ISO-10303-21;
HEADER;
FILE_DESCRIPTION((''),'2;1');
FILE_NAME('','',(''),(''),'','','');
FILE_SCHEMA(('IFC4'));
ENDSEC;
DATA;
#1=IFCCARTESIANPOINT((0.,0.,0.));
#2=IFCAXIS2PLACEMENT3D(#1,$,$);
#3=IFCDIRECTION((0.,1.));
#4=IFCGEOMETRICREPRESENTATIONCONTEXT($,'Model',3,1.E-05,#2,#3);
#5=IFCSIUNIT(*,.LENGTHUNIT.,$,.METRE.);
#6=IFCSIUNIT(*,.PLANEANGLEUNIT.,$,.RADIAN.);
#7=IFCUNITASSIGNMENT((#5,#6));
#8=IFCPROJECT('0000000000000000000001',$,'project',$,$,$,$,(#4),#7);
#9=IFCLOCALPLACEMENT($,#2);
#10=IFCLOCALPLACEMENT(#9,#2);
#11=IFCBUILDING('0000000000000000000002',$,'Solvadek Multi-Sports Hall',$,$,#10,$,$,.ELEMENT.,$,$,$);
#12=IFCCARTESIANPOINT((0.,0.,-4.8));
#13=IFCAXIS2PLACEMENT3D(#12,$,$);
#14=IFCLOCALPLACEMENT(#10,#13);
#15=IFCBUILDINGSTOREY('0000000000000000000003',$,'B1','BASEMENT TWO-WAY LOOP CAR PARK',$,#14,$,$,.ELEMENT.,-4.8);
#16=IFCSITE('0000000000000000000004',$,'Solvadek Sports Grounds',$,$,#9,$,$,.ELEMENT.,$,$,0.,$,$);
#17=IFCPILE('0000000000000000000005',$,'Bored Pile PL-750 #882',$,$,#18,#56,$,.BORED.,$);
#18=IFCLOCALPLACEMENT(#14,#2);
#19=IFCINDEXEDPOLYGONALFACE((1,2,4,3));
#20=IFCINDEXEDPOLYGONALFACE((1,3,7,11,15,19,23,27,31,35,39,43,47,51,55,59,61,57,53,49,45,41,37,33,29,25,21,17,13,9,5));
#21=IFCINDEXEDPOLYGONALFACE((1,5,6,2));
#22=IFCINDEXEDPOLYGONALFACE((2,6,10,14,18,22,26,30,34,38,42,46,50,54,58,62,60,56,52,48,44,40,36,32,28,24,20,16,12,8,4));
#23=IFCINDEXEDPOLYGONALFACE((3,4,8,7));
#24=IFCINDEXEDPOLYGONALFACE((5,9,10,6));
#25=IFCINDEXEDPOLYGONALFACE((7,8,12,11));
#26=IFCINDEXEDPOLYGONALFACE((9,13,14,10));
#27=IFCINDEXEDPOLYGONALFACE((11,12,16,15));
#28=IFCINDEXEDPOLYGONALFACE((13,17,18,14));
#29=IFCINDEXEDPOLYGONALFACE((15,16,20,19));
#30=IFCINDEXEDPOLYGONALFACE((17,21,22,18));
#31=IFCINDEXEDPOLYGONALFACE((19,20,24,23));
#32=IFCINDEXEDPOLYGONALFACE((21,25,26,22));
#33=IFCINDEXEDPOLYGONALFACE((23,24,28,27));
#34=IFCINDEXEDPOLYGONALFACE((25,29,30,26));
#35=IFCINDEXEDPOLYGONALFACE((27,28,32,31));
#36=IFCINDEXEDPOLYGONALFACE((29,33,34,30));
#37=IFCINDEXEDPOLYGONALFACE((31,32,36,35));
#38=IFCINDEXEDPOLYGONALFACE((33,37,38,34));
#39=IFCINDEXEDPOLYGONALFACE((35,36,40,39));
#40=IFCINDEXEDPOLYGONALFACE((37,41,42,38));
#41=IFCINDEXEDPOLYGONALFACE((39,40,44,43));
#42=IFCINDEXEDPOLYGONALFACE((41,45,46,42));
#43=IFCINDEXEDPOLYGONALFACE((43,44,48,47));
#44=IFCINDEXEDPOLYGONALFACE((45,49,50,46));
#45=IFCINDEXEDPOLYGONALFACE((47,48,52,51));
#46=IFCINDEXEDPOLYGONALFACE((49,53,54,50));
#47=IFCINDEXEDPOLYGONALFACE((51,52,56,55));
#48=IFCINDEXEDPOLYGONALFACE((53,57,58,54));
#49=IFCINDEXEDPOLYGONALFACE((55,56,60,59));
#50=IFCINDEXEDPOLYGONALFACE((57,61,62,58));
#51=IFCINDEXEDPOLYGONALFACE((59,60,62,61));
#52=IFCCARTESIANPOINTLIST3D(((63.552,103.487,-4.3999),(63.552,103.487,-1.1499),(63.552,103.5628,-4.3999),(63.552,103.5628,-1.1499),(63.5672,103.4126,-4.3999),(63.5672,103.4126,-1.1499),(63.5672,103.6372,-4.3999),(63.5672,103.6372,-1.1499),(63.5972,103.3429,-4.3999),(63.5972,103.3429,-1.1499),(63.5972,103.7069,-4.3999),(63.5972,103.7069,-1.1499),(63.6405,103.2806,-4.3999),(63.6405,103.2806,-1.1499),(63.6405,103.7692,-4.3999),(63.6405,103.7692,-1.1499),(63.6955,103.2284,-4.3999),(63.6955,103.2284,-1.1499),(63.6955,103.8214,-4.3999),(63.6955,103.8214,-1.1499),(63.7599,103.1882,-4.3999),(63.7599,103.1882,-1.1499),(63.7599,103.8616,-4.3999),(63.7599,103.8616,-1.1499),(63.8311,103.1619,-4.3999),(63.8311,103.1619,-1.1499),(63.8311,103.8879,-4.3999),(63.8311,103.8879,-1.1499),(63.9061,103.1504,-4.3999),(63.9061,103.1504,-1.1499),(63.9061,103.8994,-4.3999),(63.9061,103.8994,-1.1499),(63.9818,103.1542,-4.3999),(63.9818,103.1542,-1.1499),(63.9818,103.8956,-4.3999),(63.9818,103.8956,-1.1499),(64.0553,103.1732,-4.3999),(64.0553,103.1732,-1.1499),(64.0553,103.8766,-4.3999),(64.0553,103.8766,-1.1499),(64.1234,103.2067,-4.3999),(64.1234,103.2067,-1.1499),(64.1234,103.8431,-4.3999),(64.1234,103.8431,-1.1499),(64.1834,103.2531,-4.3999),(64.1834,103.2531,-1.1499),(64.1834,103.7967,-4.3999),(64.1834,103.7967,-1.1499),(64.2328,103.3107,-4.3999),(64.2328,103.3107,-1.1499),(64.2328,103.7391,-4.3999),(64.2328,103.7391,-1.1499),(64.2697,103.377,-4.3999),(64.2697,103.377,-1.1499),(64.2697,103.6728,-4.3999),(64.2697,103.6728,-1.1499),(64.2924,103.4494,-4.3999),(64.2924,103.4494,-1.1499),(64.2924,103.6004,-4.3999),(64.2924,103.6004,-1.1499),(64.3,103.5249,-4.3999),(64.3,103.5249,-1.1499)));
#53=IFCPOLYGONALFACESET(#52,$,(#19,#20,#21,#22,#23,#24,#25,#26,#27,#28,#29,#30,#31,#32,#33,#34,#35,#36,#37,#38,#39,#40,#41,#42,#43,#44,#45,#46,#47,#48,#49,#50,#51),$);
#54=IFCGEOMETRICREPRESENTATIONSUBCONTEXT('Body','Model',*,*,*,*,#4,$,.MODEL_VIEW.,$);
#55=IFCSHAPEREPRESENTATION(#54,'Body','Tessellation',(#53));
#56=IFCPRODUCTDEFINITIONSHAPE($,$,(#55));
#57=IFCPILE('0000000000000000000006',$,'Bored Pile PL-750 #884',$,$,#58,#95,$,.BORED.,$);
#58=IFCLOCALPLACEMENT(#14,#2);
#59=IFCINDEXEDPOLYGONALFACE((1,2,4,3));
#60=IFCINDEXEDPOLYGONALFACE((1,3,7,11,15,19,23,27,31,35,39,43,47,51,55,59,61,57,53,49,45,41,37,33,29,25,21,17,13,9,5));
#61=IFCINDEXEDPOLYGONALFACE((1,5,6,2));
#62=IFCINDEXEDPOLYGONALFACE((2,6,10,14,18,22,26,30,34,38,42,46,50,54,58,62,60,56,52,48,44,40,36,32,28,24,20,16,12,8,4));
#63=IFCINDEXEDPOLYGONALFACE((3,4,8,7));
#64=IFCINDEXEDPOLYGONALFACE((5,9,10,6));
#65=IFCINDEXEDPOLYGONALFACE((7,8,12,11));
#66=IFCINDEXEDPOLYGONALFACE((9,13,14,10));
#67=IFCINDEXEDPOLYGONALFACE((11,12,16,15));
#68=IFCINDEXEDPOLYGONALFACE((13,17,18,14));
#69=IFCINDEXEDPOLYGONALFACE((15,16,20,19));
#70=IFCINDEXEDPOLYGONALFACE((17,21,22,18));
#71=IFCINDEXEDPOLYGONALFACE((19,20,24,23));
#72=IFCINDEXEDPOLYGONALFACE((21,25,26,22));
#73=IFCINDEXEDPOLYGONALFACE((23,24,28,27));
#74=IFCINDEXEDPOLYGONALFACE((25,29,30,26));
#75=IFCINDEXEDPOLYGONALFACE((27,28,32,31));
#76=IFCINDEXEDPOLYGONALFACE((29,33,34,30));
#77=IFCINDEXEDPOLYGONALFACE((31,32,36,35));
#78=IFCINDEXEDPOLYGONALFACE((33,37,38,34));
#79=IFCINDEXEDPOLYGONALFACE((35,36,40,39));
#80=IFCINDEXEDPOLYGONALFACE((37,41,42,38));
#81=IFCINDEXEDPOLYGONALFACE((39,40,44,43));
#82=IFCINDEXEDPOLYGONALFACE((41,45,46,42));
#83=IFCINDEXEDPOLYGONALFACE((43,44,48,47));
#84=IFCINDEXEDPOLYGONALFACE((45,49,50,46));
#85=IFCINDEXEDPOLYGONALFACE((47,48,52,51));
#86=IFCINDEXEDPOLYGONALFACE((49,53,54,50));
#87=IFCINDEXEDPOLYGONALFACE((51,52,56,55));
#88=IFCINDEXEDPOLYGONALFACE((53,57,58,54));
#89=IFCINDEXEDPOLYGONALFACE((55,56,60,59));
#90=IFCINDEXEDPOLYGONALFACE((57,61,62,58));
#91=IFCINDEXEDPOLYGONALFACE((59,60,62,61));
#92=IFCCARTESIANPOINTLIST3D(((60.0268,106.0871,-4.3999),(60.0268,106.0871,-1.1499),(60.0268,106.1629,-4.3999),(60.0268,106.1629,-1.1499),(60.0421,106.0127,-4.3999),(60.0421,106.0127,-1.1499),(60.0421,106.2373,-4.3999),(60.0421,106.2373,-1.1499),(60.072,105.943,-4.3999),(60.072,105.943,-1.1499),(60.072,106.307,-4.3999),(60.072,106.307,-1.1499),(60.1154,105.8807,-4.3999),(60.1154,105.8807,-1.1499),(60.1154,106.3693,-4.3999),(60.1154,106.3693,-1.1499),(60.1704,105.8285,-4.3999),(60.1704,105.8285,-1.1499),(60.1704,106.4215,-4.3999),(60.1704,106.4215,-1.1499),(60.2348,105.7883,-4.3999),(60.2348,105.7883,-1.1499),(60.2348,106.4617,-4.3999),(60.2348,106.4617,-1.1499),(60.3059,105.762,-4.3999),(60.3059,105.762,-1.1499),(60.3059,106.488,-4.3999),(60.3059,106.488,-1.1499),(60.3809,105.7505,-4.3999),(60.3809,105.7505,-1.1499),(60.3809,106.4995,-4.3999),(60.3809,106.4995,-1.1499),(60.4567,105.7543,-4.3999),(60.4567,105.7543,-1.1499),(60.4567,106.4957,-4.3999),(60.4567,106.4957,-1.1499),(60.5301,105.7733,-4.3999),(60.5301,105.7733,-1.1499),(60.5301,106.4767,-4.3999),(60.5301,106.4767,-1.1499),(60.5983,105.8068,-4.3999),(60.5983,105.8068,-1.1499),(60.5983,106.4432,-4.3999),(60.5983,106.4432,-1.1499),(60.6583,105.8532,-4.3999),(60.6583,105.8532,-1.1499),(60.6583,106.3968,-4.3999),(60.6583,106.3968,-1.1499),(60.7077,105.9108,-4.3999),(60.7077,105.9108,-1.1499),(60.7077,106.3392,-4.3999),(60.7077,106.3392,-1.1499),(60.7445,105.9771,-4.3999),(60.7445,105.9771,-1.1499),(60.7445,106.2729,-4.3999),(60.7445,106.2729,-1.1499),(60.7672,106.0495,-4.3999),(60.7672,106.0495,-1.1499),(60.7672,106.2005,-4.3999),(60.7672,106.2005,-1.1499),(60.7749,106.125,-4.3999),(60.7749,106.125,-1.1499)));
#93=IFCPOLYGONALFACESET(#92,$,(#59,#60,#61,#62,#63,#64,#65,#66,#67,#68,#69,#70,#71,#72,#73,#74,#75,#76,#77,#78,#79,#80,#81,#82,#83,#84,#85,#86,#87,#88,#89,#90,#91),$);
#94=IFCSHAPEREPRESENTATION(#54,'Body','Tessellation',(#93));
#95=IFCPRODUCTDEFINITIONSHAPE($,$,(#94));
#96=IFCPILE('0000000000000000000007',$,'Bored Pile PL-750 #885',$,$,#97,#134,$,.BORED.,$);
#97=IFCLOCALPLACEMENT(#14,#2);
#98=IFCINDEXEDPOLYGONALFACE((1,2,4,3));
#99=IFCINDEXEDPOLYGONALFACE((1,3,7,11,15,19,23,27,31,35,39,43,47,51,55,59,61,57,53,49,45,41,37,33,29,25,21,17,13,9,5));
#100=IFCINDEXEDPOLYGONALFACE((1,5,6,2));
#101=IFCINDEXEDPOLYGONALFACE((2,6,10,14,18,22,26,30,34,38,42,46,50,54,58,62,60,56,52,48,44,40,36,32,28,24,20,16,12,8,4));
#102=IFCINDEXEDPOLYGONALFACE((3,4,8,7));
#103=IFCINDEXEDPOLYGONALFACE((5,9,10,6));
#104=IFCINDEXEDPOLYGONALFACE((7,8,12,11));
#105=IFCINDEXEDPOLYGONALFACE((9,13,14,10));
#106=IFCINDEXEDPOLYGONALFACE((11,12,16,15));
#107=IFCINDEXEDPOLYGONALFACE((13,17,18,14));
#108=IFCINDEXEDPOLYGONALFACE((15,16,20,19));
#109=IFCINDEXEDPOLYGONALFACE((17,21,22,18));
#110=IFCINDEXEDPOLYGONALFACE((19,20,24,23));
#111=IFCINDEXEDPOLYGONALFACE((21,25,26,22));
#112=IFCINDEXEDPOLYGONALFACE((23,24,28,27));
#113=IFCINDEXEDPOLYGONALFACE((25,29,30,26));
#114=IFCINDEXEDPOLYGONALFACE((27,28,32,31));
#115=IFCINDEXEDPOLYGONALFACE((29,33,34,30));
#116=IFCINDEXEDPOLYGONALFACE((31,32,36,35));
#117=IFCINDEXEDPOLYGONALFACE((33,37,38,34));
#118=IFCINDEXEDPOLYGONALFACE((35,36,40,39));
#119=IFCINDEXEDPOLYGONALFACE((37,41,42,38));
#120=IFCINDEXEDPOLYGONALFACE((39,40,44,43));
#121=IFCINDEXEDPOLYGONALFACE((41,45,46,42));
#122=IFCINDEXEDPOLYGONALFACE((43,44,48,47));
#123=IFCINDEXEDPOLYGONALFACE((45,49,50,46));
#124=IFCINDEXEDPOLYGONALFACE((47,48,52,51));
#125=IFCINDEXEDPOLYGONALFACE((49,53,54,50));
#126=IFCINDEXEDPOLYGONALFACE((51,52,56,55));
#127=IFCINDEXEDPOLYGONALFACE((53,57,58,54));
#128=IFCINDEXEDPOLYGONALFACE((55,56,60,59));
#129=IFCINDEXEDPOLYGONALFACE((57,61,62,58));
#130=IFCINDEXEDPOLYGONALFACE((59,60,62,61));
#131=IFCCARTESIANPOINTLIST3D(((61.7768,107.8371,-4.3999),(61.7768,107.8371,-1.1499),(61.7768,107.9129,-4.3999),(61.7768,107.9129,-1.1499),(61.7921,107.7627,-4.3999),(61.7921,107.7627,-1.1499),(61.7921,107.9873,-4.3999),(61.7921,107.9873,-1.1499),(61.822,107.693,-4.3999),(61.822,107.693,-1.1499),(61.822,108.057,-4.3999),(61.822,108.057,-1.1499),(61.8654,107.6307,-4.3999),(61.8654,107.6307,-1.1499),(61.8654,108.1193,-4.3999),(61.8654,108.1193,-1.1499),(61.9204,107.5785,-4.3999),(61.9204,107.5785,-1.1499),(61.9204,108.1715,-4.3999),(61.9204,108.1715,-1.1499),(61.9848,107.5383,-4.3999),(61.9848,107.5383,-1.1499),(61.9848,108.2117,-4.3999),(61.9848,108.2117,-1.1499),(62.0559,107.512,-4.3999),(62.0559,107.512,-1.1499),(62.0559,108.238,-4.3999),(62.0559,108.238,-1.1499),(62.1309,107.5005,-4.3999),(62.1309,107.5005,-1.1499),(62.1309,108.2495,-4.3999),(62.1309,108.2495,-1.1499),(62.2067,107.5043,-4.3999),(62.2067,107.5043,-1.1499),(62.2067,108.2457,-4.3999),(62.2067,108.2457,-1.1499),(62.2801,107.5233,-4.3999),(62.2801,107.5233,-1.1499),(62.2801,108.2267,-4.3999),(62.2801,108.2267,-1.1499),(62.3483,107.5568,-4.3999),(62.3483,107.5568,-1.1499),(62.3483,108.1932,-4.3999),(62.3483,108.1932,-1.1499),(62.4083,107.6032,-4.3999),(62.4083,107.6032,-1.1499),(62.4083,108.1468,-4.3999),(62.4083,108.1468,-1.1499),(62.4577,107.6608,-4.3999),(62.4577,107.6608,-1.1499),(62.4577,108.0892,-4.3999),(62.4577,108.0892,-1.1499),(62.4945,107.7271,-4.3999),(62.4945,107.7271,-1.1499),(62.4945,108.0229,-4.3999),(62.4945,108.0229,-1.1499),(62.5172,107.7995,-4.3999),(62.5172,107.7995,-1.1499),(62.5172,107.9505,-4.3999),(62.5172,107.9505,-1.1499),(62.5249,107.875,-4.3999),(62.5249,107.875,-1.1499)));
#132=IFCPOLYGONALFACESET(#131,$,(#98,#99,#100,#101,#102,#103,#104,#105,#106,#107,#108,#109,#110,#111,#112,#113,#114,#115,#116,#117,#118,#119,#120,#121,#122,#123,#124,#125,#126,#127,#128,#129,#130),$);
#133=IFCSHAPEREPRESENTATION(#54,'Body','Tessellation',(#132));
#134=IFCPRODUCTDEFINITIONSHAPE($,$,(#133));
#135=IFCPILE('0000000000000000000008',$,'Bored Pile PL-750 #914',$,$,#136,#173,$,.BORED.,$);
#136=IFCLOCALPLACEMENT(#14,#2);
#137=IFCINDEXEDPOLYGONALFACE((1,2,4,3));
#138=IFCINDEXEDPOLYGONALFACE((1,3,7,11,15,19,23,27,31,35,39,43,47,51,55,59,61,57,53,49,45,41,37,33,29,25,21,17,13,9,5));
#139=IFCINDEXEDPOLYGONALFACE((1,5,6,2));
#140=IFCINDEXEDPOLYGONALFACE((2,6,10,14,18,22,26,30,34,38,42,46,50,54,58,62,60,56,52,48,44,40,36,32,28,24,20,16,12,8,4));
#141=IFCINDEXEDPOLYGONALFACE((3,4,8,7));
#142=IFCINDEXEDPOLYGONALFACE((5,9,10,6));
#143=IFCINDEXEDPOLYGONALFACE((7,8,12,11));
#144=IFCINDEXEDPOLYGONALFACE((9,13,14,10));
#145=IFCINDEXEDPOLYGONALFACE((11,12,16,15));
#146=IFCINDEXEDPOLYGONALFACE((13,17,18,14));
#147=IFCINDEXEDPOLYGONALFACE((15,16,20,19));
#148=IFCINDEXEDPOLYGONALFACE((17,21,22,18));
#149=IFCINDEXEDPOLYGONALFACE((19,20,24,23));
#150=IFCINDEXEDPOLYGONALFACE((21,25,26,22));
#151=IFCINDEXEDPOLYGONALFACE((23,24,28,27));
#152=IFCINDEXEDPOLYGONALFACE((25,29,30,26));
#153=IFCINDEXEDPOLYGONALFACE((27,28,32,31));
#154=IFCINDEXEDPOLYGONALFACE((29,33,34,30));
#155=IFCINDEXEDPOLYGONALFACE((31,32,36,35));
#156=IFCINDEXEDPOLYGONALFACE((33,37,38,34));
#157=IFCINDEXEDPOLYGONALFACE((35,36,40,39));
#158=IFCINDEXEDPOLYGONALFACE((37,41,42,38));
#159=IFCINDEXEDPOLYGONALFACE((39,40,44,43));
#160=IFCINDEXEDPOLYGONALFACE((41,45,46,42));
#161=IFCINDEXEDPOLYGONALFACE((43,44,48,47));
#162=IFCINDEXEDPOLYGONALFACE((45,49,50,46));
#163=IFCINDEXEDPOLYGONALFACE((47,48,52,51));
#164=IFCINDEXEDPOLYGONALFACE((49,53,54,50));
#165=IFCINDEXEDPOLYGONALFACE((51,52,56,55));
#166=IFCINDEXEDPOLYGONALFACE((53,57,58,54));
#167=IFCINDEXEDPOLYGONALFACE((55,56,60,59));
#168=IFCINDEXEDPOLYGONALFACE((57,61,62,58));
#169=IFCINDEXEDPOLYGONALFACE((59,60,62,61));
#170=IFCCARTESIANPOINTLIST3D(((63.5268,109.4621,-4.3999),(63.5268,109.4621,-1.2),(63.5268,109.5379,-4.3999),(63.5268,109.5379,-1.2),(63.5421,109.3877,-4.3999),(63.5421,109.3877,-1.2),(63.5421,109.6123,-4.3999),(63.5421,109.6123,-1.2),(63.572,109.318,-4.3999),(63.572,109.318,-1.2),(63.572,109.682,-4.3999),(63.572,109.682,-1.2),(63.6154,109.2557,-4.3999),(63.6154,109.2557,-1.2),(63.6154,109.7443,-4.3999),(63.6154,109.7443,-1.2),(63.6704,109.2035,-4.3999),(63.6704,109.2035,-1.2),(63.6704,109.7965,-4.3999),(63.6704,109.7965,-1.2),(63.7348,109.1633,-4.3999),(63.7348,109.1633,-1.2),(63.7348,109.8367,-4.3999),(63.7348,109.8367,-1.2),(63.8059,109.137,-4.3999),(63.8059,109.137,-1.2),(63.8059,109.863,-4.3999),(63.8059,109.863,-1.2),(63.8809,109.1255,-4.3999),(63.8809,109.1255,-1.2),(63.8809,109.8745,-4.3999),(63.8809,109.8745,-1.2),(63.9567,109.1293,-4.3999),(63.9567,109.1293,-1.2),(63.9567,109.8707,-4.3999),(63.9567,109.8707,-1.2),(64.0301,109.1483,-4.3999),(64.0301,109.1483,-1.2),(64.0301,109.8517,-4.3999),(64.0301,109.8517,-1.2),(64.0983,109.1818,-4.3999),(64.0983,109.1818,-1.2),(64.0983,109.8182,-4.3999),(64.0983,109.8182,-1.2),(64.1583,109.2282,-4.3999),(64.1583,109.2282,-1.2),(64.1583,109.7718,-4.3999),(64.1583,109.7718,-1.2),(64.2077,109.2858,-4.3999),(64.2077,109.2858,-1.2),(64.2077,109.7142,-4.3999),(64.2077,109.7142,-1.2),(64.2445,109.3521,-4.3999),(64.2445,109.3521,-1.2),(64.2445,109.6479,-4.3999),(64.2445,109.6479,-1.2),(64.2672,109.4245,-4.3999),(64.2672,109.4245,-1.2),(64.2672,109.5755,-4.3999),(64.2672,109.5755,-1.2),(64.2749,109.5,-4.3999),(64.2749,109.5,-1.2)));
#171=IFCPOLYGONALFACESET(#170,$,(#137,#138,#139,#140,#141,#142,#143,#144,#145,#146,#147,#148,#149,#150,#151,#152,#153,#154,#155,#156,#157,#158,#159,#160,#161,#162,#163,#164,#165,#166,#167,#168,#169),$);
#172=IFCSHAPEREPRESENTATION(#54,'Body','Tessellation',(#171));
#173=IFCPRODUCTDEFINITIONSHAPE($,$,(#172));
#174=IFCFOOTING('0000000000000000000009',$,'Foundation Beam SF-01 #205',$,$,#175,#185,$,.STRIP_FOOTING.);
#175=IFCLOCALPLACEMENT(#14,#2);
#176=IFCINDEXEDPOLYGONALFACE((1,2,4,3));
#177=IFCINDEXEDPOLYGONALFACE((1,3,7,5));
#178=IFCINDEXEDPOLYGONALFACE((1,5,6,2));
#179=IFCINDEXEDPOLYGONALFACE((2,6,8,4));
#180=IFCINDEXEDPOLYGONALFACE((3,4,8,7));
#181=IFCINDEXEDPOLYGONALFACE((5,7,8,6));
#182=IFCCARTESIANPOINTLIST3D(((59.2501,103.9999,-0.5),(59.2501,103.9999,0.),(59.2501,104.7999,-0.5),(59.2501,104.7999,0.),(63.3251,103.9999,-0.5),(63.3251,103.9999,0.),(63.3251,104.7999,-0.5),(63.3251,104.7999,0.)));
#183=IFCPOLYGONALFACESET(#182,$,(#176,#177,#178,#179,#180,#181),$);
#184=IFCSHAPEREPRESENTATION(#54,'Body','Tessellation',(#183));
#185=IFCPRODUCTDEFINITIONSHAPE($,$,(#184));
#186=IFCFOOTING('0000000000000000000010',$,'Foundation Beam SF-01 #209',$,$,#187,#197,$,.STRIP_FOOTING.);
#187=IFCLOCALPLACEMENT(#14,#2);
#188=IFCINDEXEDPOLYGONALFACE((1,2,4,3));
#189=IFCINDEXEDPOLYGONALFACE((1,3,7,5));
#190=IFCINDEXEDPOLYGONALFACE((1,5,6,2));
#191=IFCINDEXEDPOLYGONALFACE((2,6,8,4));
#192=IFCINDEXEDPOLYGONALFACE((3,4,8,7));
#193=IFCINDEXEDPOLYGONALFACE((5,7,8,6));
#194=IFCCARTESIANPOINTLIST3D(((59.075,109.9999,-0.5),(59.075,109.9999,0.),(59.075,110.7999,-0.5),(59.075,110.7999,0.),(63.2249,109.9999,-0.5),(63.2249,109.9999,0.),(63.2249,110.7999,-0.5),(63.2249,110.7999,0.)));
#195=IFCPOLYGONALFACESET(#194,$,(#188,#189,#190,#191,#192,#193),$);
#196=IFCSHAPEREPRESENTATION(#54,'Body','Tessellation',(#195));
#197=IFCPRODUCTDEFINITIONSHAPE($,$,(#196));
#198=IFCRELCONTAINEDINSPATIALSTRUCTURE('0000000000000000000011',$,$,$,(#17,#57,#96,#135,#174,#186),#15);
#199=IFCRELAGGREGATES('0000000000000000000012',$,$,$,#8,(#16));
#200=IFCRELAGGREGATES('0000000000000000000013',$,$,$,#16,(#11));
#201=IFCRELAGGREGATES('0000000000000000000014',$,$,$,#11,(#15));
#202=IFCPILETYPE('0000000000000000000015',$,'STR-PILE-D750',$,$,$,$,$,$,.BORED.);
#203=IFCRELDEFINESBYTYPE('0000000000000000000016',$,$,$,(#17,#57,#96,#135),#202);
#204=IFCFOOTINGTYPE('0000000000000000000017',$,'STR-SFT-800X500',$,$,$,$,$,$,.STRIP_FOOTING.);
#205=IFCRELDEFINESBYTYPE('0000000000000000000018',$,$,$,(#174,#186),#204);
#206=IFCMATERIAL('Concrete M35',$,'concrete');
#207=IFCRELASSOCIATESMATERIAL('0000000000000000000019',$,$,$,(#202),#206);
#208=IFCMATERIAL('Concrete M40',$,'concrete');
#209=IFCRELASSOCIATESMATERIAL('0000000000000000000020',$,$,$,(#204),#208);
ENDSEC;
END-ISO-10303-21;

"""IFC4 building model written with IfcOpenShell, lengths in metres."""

from ifc_helpers import new_model, si_unit, direction, frame, origin, origin_2d, place, context, subcontext, project, spatial, rectangle, circle, extrude, material, material_profile, profile_set, type_object, element, save


model = new_model("IFC4")

# Units and contexts
model_context = context("Model", 3, precision=1e-05, world=origin(), true_north=direction((0.0, 1.0)))
body_context = subcontext(model_context, "Body", "Model", "MODEL_VIEW")
ifc_project = project(units=[si_unit("LENGTHUNIT", "METRE"), si_unit("PLANEANGLEUNIT", "RADIAN")], contexts=[model_context])

# Site, building, storey
site_placement = place(None, origin())
site = spatial("IfcSite", under=ifc_project, at=site_placement, Name="Solvadek Sports Grounds", CompositionType="ELEMENT", RefElevation=0.0)
building_placement = place(site_placement, origin())
building = spatial("IfcBuilding", under=site, at=building_placement, Name="Solvadek Multi-Sports Hall", CompositionType="ELEMENT")
storey_placement = place(building_placement, frame((0.0, 0.0, -4.8)))
storey = spatial("IfcBuildingStorey", under=building, at=storey_placement, Name="B1", Description="BASEMENT TWO-WAY LOOP CAR PARK", CompositionType="ELEMENT", Elevation=-4.8)

# Shared definitions
ifc_material_1 = material(Name="Concrete M40", Category="concrete")

# Piles
ifc_material_2 = material(Name="Concrete M35", Category="concrete")
ifc_material_profile_1 = material_profile(ifc_material_2, circle(Radius=0.375, at=origin_2d()), Name="BORED PILE D750")
ifc_profile_set_1 = profile_set([ifc_material_profile_1], Name="Concrete M35")
pile_type_1 = type_object("IfcPileType", Name="STR-PILE-D750", PredefinedType="BORED", material=ifc_profile_set_1)
for number, where, z_axis, x_axis, name in (
    (1, (63.925, 103.5249, -1.1499), (0.0, 0.0, -1.0), (1.0, 0.0, 0.0), "Bored Pile PL-750 #882"),
    (2, (60.3999, 106.125, -1.1499), (0.0, 0.0, -1.0), (1.0, 0.0, 0.0), "Bored Pile PL-750 #884"),
    (3, (62.1499, 107.875, -1.1499), (0.0, 0.0, -1.0), (1.0, 0.0, 0.0), "Bored Pile PL-750 #885"),
):
    element("IfcPile", number, at=place(storey_placement, frame(where, z_axis=z_axis, x_axis=x_axis)), inside=storey, type_object=pile_type_1, Name=name, PredefinedType="BORED", context=body_context, shape_type="SweptSolid", body=[
        extrude(circle(Radius=0.375, at=origin_2d()), origin(), (0.0, 0.0, 1.0), 3.25),
    ])
pile_1_placement = place(storey_placement, frame((63.8999, 109.5, -1.2), z_axis=(0.0, 0.0, -1.0), x_axis=(1.0, 0.0, 0.0)))
element("IfcPile", 4, at=pile_1_placement, inside=storey, type_object=pile_type_1, Name="Bored Pile PL-750 #914", PredefinedType="BORED", context=body_context, shape_type="SweptSolid", body=[
    extrude(circle(Radius=0.375, at=origin_2d()), origin(), (0.0, 0.0, 1.0), 3.2),
])

# Footings
footing_type_1 = type_object("IfcFootingType", Name="STR-SFT-800X500", PredefinedType="STRIP_FOOTING", material=ifc_material_1)
footing_1_placement = place(storey_placement, frame((61.2876, 104.3999, -0.5), z_axis=(0.0, 0.0, 1.0), x_axis=(1.0, 0.0, 0.0)))
element("IfcFooting", 5, at=footing_1_placement, inside=storey, type_object=footing_type_1, Name="Foundation Beam SF-01 #205", PredefinedType="STRIP_FOOTING", context=body_context, shape_type="SweptSolid", body=[
    extrude(rectangle(XDim=4.075, YDim=0.8, at=origin_2d()), origin(), (0.0, 0.0, 1.0), 0.5),
])
footing_2_placement = place(storey_placement, frame((61.1499, 110.3999, -0.5), z_axis=(0.0, 0.0, 1.0), x_axis=(1.0, 0.0, 0.0)))
element("IfcFooting", 6, at=footing_2_placement, inside=storey, type_object=footing_type_1, Name="Foundation Beam SF-01 #209", PredefinedType="STRIP_FOOTING", context=body_context, shape_type="SweptSolid", body=[
    extrude(rectangle(XDim=4.1499, YDim=0.8, at=origin_2d()), origin(), (0.0, 0.0, 1.0), 0.5),
])

save(model, "model.ifc")
